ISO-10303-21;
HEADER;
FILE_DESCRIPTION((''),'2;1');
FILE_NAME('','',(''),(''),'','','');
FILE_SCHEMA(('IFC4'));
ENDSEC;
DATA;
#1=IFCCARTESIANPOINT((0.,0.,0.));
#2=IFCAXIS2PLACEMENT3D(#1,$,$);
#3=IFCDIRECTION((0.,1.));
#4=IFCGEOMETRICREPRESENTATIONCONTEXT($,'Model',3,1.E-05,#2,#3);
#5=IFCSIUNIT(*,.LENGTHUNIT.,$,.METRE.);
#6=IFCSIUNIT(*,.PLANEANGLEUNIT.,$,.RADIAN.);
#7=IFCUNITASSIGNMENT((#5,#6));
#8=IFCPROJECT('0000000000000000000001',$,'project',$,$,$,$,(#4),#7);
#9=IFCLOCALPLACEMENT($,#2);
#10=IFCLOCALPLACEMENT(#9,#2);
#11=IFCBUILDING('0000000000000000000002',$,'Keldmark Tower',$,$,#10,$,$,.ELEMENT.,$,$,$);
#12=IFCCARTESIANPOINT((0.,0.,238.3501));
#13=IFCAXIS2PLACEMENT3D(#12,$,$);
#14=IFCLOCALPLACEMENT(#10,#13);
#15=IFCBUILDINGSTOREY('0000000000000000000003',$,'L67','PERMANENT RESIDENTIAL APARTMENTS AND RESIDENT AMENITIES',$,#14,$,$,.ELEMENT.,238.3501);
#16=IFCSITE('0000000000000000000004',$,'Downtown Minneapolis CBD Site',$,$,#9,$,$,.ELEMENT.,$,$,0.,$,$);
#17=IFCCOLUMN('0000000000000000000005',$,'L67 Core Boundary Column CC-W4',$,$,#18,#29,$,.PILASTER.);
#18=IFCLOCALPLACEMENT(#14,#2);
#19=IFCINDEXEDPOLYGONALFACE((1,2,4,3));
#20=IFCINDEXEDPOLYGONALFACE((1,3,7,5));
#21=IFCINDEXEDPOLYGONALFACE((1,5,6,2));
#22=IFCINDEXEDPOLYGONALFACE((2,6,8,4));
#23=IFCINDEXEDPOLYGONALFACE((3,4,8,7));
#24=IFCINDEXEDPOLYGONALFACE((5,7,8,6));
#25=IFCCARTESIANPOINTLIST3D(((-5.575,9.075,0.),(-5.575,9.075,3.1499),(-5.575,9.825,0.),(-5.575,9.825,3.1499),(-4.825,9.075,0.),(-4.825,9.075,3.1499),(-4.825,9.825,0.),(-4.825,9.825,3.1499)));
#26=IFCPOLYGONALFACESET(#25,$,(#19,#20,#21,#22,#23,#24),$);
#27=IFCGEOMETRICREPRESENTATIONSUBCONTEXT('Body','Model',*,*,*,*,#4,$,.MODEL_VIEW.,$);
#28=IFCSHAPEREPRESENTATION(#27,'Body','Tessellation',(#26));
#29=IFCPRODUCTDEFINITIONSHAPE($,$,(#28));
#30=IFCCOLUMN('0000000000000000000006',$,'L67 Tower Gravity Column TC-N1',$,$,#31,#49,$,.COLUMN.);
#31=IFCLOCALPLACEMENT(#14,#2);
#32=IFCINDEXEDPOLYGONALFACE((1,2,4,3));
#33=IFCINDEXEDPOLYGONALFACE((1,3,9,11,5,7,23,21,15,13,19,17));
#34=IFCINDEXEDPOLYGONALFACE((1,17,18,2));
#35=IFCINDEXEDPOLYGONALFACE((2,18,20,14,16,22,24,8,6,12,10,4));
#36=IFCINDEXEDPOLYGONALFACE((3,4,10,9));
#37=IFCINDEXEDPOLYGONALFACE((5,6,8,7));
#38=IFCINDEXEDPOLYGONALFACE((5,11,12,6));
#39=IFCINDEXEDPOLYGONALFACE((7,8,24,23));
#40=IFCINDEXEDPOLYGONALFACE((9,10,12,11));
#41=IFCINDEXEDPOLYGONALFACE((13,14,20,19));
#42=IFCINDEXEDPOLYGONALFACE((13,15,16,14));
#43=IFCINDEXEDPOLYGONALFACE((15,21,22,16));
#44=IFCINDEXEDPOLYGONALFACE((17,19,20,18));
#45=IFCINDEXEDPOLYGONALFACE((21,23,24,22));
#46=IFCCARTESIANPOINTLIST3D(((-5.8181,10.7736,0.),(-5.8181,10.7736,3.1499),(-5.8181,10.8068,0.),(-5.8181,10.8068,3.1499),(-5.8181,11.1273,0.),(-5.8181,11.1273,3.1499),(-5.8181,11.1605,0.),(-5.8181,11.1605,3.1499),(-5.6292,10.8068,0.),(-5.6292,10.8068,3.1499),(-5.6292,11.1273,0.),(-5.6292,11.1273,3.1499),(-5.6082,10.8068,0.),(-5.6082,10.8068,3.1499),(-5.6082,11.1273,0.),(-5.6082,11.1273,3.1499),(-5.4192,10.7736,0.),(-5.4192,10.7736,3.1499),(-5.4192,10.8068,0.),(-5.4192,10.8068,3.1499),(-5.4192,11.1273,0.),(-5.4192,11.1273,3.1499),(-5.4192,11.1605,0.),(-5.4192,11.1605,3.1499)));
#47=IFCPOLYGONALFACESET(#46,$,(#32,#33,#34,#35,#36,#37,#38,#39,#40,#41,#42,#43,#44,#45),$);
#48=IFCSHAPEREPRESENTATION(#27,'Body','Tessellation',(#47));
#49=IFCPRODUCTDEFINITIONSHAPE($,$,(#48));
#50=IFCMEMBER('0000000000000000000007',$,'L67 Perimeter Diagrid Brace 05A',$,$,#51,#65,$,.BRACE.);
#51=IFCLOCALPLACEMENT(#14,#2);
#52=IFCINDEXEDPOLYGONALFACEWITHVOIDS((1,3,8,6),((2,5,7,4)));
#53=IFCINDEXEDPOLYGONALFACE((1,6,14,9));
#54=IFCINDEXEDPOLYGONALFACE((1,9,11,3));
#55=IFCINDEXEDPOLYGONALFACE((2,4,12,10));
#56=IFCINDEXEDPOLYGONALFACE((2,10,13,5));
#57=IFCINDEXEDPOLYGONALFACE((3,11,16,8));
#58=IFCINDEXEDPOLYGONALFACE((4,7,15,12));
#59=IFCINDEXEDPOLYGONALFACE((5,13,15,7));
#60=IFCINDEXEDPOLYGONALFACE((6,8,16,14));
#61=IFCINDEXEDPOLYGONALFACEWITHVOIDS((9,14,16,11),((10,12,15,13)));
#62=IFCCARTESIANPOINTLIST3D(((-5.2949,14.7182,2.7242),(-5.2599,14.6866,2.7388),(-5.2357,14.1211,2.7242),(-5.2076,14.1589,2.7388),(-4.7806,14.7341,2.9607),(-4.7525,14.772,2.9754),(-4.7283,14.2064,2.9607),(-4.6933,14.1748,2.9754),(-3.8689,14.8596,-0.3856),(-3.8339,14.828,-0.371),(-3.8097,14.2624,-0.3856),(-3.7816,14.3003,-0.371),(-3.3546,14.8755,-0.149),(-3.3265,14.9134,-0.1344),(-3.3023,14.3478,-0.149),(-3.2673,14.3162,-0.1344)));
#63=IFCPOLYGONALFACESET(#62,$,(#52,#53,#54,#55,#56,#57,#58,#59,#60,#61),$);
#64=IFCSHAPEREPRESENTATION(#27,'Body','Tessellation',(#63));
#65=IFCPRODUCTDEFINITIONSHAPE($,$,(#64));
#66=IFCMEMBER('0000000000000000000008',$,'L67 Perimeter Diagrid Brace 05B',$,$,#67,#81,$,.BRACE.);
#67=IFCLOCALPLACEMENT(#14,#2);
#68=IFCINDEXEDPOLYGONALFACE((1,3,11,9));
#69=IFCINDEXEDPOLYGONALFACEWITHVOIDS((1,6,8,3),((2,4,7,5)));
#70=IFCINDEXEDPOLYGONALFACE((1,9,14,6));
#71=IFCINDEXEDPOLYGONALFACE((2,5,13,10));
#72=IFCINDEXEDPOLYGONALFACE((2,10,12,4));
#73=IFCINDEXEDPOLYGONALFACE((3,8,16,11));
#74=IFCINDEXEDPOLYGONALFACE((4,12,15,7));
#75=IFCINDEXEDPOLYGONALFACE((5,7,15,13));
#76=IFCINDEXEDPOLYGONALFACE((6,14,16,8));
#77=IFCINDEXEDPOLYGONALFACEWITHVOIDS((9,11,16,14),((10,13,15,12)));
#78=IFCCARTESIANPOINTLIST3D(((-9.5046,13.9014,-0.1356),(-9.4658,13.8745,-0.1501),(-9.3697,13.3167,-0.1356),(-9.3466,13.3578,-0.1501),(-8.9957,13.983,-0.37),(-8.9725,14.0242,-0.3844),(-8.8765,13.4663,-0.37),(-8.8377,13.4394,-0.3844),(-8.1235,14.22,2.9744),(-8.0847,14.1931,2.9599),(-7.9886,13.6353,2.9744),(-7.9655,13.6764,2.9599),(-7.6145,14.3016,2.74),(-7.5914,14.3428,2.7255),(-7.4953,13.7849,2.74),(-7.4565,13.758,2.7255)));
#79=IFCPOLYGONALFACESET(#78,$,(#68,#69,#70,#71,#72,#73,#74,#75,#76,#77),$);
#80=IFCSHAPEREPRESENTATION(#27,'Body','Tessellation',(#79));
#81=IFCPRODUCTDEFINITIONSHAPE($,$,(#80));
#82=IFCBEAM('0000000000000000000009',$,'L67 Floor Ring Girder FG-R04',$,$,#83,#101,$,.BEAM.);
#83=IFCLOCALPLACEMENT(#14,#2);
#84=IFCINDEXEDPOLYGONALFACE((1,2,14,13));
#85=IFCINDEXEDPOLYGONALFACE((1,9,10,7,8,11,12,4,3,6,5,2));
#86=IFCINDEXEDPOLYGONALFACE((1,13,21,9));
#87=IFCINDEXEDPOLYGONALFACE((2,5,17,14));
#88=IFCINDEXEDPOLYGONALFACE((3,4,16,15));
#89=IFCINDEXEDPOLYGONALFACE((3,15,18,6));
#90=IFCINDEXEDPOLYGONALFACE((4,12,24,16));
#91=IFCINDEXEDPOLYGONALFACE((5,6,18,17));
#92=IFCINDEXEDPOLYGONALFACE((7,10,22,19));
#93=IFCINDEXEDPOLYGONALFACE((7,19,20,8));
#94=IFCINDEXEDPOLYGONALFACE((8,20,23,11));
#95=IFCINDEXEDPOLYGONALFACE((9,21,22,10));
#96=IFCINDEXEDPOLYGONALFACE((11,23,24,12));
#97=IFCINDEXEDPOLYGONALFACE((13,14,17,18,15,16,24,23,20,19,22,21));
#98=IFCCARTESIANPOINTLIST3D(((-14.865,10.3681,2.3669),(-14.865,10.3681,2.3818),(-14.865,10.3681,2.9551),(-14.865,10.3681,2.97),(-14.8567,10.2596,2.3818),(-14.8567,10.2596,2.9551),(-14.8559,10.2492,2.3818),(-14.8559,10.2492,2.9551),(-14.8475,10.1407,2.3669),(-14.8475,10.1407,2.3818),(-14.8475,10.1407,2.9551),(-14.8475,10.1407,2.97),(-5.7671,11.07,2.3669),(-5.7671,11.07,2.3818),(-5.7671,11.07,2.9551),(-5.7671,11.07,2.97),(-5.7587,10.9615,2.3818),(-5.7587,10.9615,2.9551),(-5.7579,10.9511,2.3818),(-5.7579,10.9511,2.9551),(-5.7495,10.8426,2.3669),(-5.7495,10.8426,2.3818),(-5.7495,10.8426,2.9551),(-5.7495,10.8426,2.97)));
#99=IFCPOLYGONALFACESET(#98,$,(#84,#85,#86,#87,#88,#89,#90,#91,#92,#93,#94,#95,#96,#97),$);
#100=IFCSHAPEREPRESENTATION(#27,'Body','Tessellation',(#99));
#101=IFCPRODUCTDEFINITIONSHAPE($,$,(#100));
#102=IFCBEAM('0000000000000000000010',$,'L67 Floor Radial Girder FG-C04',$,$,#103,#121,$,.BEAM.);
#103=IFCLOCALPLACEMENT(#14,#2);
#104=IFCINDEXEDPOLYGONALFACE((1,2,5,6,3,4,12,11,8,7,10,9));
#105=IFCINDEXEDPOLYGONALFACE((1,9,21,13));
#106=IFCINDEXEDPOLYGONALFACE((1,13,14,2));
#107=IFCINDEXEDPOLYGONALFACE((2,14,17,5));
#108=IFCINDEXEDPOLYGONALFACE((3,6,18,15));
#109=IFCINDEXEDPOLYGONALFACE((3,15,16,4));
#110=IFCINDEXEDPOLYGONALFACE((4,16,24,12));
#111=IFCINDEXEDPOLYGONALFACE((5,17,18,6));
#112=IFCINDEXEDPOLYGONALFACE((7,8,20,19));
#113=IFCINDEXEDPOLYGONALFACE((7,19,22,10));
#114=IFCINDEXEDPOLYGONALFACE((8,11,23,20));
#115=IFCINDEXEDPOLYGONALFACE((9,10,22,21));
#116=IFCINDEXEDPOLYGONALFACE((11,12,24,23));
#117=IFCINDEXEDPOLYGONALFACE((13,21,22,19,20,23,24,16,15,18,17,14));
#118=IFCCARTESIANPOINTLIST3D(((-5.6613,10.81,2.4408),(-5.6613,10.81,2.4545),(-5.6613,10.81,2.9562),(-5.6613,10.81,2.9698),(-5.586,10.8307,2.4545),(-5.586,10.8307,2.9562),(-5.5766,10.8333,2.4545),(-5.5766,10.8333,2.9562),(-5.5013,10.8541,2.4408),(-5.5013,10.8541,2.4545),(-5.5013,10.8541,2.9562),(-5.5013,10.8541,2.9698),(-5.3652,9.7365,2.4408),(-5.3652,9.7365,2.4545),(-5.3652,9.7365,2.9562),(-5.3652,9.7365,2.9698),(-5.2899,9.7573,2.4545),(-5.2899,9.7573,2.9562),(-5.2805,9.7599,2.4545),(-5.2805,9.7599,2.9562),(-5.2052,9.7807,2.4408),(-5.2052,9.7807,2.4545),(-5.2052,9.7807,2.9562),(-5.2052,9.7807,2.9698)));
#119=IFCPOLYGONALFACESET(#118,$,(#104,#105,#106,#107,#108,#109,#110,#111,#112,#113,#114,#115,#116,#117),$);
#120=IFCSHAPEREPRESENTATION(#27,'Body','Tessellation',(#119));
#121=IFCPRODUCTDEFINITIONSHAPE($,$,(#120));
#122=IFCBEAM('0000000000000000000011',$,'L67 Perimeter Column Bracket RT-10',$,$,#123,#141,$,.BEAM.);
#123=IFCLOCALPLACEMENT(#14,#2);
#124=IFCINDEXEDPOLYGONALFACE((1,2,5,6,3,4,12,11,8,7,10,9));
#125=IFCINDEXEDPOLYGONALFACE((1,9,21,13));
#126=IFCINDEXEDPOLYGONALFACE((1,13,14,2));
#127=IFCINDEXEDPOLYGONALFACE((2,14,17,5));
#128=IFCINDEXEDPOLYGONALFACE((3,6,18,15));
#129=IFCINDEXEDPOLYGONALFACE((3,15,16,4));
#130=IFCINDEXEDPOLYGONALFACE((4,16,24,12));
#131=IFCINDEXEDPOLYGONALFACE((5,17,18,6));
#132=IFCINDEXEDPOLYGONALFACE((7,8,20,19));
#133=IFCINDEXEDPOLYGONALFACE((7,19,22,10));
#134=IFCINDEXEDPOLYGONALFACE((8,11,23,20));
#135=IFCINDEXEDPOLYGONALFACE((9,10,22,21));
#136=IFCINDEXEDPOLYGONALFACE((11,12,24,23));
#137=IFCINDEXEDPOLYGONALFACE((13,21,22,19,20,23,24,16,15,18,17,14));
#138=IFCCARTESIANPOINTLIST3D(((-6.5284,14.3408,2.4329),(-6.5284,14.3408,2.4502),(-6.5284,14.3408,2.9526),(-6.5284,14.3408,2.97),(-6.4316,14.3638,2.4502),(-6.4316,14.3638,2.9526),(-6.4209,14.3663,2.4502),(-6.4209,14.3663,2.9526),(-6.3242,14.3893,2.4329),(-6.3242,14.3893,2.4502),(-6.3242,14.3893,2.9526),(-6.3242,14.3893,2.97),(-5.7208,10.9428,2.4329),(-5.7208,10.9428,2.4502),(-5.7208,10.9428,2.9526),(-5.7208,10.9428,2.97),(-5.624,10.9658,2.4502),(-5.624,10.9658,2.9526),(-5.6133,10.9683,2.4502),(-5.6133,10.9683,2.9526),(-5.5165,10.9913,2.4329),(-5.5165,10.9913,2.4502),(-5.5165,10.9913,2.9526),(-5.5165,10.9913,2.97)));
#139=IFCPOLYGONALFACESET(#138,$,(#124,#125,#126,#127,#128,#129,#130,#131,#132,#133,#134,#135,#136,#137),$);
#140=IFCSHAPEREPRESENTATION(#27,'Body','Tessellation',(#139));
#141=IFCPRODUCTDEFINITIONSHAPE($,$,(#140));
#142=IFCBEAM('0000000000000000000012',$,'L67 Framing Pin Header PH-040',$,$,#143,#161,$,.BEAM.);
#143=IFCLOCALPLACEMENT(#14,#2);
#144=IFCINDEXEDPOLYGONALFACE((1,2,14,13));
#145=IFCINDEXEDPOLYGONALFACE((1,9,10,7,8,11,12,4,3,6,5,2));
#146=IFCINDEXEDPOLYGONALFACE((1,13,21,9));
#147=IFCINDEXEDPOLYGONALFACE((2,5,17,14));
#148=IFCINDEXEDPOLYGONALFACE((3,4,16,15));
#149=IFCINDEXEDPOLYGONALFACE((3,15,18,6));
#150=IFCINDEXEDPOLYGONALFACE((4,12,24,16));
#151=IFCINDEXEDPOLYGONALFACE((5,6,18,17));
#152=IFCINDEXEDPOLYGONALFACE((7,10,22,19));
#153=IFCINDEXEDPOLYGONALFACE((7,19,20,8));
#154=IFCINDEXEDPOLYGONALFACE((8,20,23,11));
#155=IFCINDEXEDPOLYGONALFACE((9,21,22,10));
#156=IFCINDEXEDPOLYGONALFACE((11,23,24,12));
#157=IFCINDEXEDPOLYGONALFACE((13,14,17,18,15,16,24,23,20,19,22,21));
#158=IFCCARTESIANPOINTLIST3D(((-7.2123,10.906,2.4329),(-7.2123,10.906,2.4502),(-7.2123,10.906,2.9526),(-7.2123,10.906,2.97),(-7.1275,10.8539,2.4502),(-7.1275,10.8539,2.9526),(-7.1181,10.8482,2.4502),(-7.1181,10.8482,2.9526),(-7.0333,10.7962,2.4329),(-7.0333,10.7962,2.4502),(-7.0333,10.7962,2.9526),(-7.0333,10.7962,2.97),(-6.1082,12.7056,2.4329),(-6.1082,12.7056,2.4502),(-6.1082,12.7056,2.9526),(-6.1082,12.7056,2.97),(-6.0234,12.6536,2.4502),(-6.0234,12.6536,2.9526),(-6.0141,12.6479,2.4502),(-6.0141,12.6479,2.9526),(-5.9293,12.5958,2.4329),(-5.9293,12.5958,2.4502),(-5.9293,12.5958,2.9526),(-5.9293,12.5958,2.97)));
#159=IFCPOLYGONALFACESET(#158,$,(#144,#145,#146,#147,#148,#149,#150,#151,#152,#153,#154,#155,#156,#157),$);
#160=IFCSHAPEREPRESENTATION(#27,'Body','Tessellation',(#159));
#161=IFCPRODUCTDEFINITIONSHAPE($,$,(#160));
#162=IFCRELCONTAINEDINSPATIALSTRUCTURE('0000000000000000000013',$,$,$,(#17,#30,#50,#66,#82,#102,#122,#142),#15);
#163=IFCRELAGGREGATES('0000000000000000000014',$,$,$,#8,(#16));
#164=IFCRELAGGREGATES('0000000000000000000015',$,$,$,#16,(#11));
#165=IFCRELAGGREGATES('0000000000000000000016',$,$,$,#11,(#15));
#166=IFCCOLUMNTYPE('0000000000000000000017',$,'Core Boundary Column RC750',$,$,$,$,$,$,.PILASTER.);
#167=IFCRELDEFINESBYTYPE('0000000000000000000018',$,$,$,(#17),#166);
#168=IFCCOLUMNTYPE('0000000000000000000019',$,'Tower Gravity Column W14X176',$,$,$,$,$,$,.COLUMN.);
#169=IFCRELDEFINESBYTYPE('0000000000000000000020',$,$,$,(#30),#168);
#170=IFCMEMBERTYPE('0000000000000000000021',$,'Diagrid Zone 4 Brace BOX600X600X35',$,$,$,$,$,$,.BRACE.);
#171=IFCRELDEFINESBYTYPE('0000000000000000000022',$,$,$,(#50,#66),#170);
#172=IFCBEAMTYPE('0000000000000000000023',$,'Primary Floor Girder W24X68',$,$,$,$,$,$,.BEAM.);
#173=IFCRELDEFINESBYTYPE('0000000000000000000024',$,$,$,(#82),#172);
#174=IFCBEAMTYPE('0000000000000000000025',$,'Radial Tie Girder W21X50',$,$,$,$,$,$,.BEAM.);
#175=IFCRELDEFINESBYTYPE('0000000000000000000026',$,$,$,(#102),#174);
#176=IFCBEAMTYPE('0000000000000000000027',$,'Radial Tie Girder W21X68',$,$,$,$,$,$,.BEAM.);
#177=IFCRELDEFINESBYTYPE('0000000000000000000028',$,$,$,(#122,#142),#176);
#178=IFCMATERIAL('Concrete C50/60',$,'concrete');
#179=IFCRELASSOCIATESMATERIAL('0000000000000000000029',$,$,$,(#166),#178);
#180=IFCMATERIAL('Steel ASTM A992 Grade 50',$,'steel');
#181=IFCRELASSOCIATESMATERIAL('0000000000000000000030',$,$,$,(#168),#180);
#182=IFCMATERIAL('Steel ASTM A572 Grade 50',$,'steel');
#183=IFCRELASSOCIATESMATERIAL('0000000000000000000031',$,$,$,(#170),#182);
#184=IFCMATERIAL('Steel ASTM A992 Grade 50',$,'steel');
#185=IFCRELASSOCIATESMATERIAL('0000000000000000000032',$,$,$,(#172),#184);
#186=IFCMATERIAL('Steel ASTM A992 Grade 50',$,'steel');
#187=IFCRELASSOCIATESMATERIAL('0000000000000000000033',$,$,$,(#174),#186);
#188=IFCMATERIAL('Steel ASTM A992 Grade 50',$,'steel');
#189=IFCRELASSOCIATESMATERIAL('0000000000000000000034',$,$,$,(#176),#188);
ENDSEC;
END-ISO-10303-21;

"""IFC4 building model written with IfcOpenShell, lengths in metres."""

from ifc_helpers import new_model, si_unit, direction, frame, origin, origin_2d, place, context, subcontext, project, spatial, rectangle, hollow_rectangle, i_section, extrude, material, material_profile, profile_set, type_object, element, save


model = new_model("IFC4")

# Units and contexts
model_context = context("Model", 3, precision=1e-05, world=origin(), true_north=direction((0.0, 1.0)))
body_context = subcontext(model_context, "Body", "Model", "MODEL_VIEW")
ifc_project = project(units=[si_unit("LENGTHUNIT", "METRE"), si_unit("PLANEANGLEUNIT", "RADIAN")], contexts=[model_context])

# Site, building, storey
site_placement = place(None, origin())
site = spatial("IfcSite", under=ifc_project, at=site_placement, Name="Downtown Minneapolis CBD Site", CompositionType="ELEMENT", RefElevation=0.0)
building_placement = place(site_placement, origin())
building = spatial("IfcBuilding", under=site, at=building_placement, Name="Keldmark Tower", CompositionType="ELEMENT")
storey_placement = place(building_placement, frame((0.0, 0.0, 238.3501)))
storey = spatial("IfcBuildingStorey", under=building, at=storey_placement, Name="L67", Description="PERMANENT RESIDENTIAL APARTMENTS AND RESIDENT AMENITIES", CompositionType="ELEMENT", Elevation=238.3501)

# Columns
ifc_material_1 = material(Name="Concrete C50/60", Category="concrete")
ifc_material_profile_1 = material_profile(ifc_material_1, rectangle(XDim=0.75, YDim=0.75, at=origin_2d()), Name="RC750X750")
ifc_profile_set_1 = profile_set([ifc_material_profile_1], Name="Concrete C50/60")
column_type_1 = type_object("IfcColumnType", Name="Core Boundary Column RC750", PredefinedType="PILASTER", material=ifc_profile_set_1)
column_1_placement = place(storey_placement, frame((-5.2, 9.45, 0.0), z_axis=(0.0, 0.0, 1.0), x_axis=(1.0, 0.0, 0.0)))
element("IfcColumn", 1, at=column_1_placement, inside=storey, type_object=column_type_1, Name="L67 Core Boundary Column CC-W4", PredefinedType="PILASTER", context=body_context, shape_type="SweptSolid", body=[
    extrude(rectangle(XDim=0.75, YDim=0.75, at=origin_2d()), origin(), (0.0, 0.0, 1.0), 3.1499),
])
ifc_material_2 = material(Name="Steel ASTM A992 Grade 50", Category="steel")
ifc_material_profile_2 = material_profile(ifc_material_2, i_section(OverallWidth=0.3989, OverallDepth=0.387, WebThickness=0.021, FlangeThickness=0.0332, at=origin_2d()), Name="W14X176")
ifc_profile_set_2 = profile_set([ifc_material_profile_2], Name="Steel ASTM A992 Grade 50")
column_type_2 = type_object("IfcColumnType", Name="Tower Gravity Column W14X176", PredefinedType="COLUMN", material=ifc_profile_set_2)
column_2_placement = place(storey_placement, frame((-5.6187, 10.967, 0.0), z_axis=(0.0, 0.0, 1.0), x_axis=(1.0, 0.0, 0.0)))
element("IfcColumn", 2, at=column_2_placement, inside=storey, type_object=column_type_2, Name="L67 Tower Gravity Column TC-N1", PredefinedType="COLUMN", context=body_context, shape_type="SweptSolid", body=[
    extrude(i_section(OverallWidth=0.3989, OverallDepth=0.387, WebThickness=0.021, FlangeThickness=0.0332, at=origin_2d()), origin(), (0.0, 0.0, 1.0), 3.1499),
])

# Members
ifc_material_3 = material(Name="Steel ASTM A572 Grade 50", Category="steel")
ifc_material_profile_3 = material_profile(ifc_material_3, hollow_rectangle(XDim=0.6001, YDim=0.6001, WallThickness=0.0349, at=origin_2d()), Name="BOX600X600X35")
ifc_profile_set_3 = profile_set([ifc_material_profile_3], Name="Steel ASTM A572 Grade 50")
member_type = type_object("IfcMemberType", Name="Diagrid Zone 4 Brace BOX600X600X35", PredefinedType="BRACE", material=ifc_profile_set_3)
member_1_placement = place(storey_placement, frame((-3.5681, 14.5879, -0.26), z_axis=(-0.416462, -0.041283, 0.908216), x_axis=(0.098643, -0.995123, 0.0)))
element("IfcMember", 3, at=member_1_placement, inside=storey, type_object=member_type, Name="L67 Perimeter Diagrid Brace 05A", PredefinedType="BRACE", context=body_context, shape_type="SweptSolid", body=[
    extrude(hollow_rectangle(XDim=0.6001, YDim=0.6001, WallThickness=0.0349, at=origin_2d()), origin(), (0.0, 0.0, 1.0), 3.4241),
])
member_2_placement = place(storey_placement, frame((-9.1711, 13.6704, -0.26), z_axis=(0.404111, 0.093223, 0.909947), x_axis=(-0.224784, 0.974409, 0.0)))
element("IfcMember", 4, at=member_2_placement, inside=storey, type_object=member_type, Name="L67 Perimeter Diagrid Brace 05B", PredefinedType="BRACE", context=body_context, shape_type="SweptSolid", body=[
    extrude(hollow_rectangle(XDim=0.6001, YDim=0.6001, WallThickness=0.0349, at=origin_2d()), origin(), (0.0, 0.0, 1.0), 3.4177),
])

# Beams
ifc_material_4 = material(Name="Steel ASTM A992 Grade 50", Category="steel")
ifc_material_profile_4 = material_profile(ifc_material_4, i_section(OverallWidth=0.228, OverallDepth=0.603, WebThickness=0.0105, FlangeThickness=0.0149, at=origin_2d()), Name="W24X68")
ifc_profile_set_4 = profile_set([ifc_material_profile_4], Name="Steel ASTM A992 Grade 50")
beam_type_1 = type_object("IfcBeamType", Name="Primary Floor Girder W24X68", PredefinedType="BEAM", material=ifc_profile_set_4)
beam_1_placement = place(storey_placement, frame((-5.7583, 10.9563, 2.6685), z_axis=(-0.997037, -0.076922, 0.0), x_axis=(0.076922, -0.997037, 0.0)))
element("IfcBeam", 5, at=beam_1_placement, inside=storey, type_object=beam_type_1, Name="L67 Floor Ring Girder FG-R04", PredefinedType="BEAM", context=body_context, shape_type="SweptSolid", body=[
    extrude(i_section(OverallWidth=0.228, OverallDepth=0.603, WebThickness=0.0105, FlangeThickness=0.0149, at=origin_2d()), origin(), (0.0, 0.0, 1.0), 9.125),
])
ifc_material_5 = material(Name="Steel ASTM A992 Grade 50", Category="steel")
ifc_material_profile_5 = material_profile(ifc_material_5, i_section(OverallWidth=0.166, OverallDepth=0.5291, WebThickness=0.0098, FlangeThickness=0.0137, at=origin_2d()), Name="W21X50")
ifc_profile_set_5 = profile_set([ifc_material_profile_5], Name="Steel ASTM A992 Grade 50")
beam_type_2 = type_object("IfcBeamType", Name="Radial Tie Girder W21X50", PredefinedType="BEAM", material=ifc_profile_set_5)
beam_2_placement = place(storey_placement, frame((-5.5813, 10.832, 2.7053), z_axis=(0.265936, -0.963991, 0.0), x_axis=(0.963991, 0.265936, 0.0)))
element("IfcBeam", 6, at=beam_2_placement, inside=storey, type_object=beam_type_2, Name="L67 Floor Radial Girder FG-C04", PredefinedType="BEAM", context=body_context, shape_type="SweptSolid", body=[
    extrude(i_section(OverallWidth=0.166, OverallDepth=0.5291, WebThickness=0.0098, FlangeThickness=0.0137, at=origin_2d()), origin(), (0.0, 0.0, 1.0), 1.1135),
])
ifc_material_6 = material(Name="Steel ASTM A992 Grade 50", Category="steel")
ifc_material_profile_6 = material_profile(ifc_material_6, i_section(OverallWidth=0.21, OverallDepth=0.5371, WebThickness=0.011, FlangeThickness=0.0173, at=origin_2d()), Name="W21X68")
ifc_profile_set_6 = profile_set([ifc_material_profile_6], Name="Steel ASTM A992 Grade 50")
beam_type_3 = type_object("IfcBeamType", Name="Radial Tie Girder W21X68", PredefinedType="BEAM", material=ifc_profile_set_6)
beam_3_placement = place(storey_placement, frame((-5.6187, 10.967, 2.7014), z_axis=(-0.231236, 0.972898, 0.0), x_axis=(-0.972898, -0.231236, 0.0)))
element("IfcBeam", 7, at=beam_3_placement, inside=storey, type_object=beam_type_3, Name="L67 Perimeter Column Bracket RT-10", PredefinedType="BEAM", context=body_context, shape_type="SweptSolid", body=[
    extrude(i_section(OverallWidth=0.21, OverallDepth=0.5371, WebThickness=0.011, FlangeThickness=0.0173, at=origin_2d()), origin(), (0.0, 0.0, 1.0), 3.4927),
])
beam_4_placement = place(storey_placement, frame((-7.1228, 10.8511, 2.7014), z_axis=(0.522923, 0.85238, 0.0), x_axis=(-0.85238, 0.522923, 0.0)))
element("IfcBeam", 8, at=beam_4_placement, inside=storey, type_object=beam_type_3, Name="L67 Framing Pin Header PH-040", PredefinedType="BEAM", context=body_context, shape_type="SweptSolid", body=[
    extrude(i_section(OverallWidth=0.21, OverallDepth=0.5371, WebThickness=0.011, FlangeThickness=0.0173, at=origin_2d()), origin(), (0.0, 0.0, 1.0), 2.1113),
])

save(model, "model.ifc")
